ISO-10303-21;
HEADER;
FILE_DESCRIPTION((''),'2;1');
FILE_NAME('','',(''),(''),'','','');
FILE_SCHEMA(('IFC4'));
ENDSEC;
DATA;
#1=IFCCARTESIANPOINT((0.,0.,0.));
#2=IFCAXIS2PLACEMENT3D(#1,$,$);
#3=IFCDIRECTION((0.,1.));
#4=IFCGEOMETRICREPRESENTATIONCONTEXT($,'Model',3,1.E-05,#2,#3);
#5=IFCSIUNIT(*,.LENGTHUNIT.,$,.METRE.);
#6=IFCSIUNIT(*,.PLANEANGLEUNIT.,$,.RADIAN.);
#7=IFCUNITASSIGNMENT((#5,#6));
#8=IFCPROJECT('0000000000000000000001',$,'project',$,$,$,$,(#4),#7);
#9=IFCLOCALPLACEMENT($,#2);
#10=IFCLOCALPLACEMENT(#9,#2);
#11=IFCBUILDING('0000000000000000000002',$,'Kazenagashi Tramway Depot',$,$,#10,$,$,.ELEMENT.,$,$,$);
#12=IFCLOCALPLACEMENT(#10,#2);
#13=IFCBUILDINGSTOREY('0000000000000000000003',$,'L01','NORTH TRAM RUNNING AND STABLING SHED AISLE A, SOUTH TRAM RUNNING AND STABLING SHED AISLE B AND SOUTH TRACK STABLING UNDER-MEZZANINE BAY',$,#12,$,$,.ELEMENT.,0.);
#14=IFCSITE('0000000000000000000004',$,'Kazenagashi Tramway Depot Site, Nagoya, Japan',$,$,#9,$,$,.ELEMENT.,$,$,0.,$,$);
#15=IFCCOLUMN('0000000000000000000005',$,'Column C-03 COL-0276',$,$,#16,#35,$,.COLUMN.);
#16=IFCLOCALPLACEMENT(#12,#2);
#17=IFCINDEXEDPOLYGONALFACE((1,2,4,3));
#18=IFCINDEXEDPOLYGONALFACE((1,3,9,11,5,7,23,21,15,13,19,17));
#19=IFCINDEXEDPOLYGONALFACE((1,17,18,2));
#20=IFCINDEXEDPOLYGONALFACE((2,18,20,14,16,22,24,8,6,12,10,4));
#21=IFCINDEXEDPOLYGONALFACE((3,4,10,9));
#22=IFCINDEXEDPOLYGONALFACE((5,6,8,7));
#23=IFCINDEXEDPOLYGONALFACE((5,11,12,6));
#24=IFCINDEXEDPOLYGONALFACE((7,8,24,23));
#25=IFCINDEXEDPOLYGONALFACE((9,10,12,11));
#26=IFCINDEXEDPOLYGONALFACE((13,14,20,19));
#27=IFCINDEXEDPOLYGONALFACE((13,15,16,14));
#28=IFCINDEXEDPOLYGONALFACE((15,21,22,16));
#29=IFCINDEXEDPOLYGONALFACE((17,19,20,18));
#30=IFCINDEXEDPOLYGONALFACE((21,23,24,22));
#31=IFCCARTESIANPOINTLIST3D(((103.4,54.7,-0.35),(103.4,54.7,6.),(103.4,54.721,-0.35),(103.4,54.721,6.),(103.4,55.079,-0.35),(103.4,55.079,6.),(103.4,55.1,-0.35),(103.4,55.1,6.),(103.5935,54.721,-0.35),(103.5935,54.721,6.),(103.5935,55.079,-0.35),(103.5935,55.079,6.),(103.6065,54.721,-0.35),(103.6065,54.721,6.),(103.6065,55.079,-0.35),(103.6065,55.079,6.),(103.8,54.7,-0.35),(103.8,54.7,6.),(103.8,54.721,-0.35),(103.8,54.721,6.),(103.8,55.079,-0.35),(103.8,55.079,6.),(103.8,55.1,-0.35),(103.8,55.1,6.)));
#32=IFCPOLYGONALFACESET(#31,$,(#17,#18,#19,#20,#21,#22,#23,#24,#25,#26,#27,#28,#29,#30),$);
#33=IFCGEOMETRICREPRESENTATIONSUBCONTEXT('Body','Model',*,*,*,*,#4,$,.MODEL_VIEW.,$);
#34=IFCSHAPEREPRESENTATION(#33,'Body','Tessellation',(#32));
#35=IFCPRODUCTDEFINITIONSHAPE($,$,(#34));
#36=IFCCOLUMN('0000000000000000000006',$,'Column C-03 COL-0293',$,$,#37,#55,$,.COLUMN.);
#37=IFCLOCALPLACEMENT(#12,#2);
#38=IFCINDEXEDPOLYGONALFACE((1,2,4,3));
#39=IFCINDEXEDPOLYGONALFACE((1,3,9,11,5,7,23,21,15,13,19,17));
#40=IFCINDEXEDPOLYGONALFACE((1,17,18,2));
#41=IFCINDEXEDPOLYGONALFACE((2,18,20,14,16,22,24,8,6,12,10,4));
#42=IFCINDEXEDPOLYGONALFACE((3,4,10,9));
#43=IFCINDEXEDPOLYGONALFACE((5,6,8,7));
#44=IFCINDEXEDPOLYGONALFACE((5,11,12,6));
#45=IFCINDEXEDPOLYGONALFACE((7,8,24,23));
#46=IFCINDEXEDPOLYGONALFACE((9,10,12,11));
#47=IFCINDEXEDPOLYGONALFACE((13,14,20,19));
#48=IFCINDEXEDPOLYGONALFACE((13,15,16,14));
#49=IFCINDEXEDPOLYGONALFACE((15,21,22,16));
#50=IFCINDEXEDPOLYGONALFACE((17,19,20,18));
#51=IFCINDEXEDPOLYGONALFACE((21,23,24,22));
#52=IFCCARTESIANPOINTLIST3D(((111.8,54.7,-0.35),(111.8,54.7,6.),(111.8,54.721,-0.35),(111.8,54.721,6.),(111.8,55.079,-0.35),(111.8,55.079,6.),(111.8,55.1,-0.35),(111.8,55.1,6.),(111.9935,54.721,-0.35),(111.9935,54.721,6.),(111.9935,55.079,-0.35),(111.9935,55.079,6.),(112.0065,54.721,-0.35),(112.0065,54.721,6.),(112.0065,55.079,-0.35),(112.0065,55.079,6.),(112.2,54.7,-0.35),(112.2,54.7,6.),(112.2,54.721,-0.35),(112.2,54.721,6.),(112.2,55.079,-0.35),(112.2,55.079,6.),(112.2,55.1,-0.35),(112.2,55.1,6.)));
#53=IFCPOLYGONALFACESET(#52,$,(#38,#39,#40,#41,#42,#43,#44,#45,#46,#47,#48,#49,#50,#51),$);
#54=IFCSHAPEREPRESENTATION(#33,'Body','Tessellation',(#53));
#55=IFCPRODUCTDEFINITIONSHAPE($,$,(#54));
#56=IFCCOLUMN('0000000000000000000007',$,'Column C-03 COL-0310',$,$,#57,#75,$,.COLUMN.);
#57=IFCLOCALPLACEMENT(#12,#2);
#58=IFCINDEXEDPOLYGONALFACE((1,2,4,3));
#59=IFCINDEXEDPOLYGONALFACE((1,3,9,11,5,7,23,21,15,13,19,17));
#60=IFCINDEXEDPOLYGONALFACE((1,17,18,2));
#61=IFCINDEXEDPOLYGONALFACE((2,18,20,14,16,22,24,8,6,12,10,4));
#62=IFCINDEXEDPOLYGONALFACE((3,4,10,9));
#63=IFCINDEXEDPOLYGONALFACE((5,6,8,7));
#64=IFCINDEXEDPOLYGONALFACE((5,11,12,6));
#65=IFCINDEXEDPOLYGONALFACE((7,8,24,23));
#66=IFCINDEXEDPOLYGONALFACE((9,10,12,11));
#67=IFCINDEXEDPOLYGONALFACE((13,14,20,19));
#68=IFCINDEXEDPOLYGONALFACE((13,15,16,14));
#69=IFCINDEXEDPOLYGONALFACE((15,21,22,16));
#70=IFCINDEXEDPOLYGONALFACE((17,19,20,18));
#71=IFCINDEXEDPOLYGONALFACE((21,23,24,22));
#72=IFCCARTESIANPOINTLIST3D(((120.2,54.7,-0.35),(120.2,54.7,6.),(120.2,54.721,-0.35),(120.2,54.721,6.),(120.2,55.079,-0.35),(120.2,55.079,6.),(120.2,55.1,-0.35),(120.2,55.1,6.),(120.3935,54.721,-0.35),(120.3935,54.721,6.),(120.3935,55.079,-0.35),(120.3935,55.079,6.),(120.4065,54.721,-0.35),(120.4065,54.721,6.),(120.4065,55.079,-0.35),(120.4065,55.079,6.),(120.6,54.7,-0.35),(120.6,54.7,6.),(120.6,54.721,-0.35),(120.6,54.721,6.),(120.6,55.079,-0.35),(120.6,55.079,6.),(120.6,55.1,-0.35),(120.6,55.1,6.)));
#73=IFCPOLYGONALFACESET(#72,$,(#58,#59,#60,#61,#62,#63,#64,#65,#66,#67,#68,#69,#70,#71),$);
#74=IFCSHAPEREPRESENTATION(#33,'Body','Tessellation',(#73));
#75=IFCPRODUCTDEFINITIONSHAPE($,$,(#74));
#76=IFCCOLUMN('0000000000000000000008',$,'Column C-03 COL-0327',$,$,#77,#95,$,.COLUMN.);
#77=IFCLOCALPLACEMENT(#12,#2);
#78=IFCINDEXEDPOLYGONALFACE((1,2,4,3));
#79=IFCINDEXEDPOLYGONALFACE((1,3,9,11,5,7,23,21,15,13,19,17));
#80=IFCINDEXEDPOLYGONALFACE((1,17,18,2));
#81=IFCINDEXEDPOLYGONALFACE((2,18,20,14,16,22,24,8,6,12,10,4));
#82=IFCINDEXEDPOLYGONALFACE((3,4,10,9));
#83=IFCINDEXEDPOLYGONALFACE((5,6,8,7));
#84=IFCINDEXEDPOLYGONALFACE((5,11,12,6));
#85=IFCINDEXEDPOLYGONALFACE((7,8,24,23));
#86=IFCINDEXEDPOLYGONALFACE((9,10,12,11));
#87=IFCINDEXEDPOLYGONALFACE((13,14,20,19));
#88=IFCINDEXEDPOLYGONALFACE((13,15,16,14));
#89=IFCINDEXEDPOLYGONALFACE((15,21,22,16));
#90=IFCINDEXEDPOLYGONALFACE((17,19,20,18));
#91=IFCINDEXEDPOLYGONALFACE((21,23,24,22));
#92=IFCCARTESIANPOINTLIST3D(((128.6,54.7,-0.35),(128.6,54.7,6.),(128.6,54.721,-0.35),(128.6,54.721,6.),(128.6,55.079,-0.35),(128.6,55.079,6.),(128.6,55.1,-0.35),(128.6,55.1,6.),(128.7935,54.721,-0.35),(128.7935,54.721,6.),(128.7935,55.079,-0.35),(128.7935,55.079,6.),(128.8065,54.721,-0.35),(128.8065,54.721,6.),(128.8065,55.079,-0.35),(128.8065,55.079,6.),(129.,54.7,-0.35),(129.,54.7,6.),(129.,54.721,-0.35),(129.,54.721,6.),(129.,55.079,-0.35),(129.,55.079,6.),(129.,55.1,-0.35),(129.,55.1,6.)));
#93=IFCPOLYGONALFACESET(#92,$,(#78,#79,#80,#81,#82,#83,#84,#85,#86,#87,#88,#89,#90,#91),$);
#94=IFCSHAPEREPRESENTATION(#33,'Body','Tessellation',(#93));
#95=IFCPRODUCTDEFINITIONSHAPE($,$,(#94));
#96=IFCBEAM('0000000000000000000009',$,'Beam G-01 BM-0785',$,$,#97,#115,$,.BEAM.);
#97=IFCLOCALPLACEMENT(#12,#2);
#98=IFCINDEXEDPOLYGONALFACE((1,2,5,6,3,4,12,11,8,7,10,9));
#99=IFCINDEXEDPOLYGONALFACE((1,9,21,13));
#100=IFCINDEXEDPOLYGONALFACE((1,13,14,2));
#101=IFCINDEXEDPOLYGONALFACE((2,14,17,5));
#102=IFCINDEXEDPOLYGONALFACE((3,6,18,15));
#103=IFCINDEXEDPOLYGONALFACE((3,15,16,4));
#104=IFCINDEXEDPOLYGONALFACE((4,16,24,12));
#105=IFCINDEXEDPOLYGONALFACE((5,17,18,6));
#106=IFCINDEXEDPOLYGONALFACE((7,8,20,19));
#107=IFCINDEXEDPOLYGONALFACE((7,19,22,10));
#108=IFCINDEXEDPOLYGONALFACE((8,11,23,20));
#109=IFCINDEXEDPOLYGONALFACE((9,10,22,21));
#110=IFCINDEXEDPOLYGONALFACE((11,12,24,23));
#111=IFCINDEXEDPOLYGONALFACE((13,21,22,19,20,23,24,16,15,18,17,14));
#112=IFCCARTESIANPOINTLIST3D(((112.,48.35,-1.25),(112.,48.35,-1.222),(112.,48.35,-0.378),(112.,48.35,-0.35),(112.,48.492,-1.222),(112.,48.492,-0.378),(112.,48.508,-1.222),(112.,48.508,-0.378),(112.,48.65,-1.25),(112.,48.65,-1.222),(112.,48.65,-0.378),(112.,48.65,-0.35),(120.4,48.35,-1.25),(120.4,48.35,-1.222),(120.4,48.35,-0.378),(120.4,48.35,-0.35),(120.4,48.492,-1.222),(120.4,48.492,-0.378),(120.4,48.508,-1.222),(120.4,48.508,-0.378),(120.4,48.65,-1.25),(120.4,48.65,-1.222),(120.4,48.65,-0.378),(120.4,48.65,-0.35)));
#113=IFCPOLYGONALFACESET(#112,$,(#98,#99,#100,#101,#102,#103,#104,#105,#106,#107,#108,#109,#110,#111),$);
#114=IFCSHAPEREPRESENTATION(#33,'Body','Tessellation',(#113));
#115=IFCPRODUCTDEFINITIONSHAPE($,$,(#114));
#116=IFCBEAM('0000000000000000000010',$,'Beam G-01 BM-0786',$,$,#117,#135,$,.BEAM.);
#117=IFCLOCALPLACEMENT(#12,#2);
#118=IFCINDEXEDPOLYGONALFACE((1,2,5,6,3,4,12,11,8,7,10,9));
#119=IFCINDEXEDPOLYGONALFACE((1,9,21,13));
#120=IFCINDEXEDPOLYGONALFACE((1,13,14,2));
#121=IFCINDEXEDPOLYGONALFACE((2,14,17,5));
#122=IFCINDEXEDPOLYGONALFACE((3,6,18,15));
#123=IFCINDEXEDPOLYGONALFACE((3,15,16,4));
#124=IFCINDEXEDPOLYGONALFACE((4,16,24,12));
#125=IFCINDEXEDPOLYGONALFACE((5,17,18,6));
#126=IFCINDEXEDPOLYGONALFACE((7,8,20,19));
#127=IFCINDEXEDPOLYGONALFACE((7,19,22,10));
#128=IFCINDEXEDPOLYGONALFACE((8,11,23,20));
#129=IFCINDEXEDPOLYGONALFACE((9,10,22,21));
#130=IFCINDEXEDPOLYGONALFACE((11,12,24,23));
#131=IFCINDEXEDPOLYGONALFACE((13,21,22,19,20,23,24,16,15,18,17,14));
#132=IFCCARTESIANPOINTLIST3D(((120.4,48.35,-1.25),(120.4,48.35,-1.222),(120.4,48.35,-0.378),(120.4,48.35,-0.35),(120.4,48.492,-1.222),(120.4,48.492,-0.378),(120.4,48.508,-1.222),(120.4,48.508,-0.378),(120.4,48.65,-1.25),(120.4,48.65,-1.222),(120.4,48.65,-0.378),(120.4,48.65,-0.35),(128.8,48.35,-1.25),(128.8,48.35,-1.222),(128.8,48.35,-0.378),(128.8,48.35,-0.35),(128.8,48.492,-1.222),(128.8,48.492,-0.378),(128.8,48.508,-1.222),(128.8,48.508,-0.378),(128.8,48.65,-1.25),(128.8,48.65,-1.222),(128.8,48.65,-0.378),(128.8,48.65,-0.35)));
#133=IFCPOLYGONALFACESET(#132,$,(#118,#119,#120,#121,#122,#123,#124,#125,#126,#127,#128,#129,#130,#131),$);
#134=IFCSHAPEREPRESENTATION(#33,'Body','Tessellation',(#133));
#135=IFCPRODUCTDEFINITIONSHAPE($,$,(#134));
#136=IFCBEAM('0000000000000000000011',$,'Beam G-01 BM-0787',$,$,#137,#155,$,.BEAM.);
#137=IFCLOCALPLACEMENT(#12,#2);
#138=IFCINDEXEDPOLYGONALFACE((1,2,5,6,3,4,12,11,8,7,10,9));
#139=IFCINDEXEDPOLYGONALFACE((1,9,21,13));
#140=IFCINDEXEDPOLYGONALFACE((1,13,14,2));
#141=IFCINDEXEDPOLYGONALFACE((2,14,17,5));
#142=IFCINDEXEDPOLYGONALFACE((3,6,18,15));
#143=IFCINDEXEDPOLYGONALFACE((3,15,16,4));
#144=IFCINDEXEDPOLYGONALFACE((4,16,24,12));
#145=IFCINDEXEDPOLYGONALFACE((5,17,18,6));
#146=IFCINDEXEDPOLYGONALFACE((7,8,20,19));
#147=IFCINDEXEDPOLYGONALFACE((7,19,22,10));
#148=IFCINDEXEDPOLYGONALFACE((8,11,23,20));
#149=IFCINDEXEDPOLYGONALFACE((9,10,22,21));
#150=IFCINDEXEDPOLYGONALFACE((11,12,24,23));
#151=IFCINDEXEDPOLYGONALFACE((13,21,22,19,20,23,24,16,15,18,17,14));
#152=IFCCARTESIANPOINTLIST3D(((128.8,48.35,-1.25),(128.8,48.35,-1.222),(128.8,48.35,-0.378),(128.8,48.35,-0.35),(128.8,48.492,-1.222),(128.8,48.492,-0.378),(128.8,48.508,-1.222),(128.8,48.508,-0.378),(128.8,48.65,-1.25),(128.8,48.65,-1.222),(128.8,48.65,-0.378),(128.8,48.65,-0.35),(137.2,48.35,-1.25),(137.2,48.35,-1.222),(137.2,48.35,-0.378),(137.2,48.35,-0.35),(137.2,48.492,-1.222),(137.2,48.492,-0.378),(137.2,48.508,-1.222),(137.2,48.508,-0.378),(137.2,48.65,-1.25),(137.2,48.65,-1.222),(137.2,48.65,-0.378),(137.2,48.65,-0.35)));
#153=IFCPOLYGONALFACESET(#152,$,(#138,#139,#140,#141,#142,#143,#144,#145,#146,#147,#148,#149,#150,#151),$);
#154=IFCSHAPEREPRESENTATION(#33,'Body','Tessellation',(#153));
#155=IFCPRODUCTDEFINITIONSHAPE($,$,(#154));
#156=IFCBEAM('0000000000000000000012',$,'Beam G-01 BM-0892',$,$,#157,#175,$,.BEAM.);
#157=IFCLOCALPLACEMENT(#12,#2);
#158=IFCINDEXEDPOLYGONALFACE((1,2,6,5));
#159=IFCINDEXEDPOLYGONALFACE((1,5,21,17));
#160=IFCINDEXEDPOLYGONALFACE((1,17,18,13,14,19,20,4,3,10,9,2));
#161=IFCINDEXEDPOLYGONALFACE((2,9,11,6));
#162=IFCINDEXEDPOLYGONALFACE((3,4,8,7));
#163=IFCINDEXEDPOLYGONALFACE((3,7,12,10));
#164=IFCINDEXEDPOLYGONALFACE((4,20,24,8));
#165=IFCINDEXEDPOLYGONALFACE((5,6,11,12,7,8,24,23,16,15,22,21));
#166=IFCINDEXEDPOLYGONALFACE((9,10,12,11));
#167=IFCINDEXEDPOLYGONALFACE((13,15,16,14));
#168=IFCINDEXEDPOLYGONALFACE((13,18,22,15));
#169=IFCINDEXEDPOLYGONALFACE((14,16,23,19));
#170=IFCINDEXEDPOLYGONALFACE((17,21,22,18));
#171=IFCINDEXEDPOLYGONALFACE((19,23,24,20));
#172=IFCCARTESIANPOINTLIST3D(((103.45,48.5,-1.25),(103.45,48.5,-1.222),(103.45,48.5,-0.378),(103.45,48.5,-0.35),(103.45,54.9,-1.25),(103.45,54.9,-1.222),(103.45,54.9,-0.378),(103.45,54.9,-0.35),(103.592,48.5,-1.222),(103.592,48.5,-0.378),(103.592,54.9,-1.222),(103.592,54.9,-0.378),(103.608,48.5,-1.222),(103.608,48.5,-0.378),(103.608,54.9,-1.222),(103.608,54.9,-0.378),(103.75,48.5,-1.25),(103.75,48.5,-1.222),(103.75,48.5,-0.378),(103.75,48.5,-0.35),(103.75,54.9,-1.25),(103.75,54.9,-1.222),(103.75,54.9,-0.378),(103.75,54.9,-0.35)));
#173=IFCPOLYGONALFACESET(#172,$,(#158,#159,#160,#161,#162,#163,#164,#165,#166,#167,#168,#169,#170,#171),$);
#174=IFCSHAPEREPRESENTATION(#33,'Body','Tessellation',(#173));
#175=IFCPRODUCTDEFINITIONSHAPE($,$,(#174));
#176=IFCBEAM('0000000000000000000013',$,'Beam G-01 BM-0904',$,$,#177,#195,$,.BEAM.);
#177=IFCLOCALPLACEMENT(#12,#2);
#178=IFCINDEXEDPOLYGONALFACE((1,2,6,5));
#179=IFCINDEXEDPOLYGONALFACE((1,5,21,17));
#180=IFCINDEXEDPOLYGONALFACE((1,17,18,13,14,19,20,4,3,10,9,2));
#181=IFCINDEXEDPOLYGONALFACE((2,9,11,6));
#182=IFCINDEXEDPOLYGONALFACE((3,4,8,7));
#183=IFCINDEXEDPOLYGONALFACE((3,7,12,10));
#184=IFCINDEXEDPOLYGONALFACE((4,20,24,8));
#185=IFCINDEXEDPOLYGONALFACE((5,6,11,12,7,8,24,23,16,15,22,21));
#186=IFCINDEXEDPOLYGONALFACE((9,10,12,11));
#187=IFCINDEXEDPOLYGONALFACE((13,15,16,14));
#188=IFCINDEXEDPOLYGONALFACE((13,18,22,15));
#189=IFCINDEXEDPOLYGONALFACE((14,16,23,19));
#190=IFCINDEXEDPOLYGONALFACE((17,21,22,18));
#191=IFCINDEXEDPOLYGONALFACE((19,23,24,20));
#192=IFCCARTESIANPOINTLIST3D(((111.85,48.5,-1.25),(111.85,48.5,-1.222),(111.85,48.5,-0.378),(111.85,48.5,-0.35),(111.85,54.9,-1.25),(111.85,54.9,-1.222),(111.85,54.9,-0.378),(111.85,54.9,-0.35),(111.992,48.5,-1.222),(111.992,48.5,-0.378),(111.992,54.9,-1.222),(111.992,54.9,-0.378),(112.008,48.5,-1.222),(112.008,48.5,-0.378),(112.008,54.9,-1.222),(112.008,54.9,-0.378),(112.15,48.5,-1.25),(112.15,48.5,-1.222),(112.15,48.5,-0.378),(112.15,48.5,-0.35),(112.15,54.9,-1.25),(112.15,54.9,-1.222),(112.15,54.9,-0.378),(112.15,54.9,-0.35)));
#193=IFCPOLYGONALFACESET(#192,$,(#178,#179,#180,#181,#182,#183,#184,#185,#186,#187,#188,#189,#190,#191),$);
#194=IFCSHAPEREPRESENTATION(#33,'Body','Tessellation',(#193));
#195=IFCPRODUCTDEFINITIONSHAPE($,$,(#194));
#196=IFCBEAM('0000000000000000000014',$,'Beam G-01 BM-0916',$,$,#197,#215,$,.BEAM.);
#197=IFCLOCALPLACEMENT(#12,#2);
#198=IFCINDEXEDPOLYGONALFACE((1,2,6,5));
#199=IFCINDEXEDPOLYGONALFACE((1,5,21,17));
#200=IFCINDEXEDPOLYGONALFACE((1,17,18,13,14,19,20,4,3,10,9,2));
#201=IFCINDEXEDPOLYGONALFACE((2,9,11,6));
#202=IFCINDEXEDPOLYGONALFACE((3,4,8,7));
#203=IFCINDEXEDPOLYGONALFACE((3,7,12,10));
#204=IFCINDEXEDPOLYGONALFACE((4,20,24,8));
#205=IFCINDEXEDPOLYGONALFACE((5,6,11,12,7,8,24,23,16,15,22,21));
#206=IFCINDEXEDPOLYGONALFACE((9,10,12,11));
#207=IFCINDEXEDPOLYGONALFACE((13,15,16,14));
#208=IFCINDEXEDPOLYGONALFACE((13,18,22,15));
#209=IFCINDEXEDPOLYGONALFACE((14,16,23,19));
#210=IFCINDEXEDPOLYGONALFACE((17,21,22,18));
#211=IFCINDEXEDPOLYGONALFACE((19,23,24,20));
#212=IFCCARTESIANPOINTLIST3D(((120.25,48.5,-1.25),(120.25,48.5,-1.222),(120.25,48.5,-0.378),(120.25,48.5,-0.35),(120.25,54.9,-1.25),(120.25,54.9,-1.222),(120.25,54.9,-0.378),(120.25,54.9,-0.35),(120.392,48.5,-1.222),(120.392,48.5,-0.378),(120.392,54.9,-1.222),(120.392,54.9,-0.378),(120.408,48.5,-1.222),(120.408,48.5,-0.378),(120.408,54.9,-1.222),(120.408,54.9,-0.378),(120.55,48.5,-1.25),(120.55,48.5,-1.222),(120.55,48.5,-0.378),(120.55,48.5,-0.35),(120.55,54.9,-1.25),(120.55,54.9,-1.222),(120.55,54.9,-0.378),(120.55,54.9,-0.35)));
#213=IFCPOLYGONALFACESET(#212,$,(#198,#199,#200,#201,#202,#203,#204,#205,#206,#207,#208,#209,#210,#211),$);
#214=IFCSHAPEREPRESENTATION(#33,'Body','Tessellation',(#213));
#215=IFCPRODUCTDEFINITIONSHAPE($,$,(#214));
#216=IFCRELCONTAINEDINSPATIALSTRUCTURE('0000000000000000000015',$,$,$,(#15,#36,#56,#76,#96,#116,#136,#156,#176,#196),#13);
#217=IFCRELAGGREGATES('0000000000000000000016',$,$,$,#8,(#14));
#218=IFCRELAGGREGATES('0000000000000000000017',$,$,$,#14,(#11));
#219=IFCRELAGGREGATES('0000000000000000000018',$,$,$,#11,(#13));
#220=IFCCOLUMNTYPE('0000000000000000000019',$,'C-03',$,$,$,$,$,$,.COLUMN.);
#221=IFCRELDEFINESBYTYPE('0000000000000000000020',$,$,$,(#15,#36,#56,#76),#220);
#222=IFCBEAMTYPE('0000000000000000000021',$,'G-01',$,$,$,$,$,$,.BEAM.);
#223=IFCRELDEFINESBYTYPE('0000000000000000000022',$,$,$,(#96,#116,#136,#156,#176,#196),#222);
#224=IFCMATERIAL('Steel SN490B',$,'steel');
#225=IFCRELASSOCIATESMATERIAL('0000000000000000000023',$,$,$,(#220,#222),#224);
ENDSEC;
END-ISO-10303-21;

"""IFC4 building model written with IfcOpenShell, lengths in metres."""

from ifc_helpers import new_model, si_unit, direction, frame, origin, origin_2d, place, context, subcontext, project, spatial, i_section, extrude, material, material_profile, profile_set, type_object, element, save


model = new_model("IFC4")

# Units and contexts
model_context = context("Model", 3, precision=1e-05, world=origin(), true_north=direction((0.0, 1.0)))
body_context = subcontext(model_context, "Body", "Model", "MODEL_VIEW")
ifc_project = project(units=[si_unit("LENGTHUNIT", "METRE"), si_unit("PLANEANGLEUNIT", "RADIAN")], contexts=[model_context])

# Site, building, storey
site_placement = place(None, origin())
site = spatial("IfcSite", under=ifc_project, at=site_placement, Name="Kazenagashi Tramway Depot Site, Nagoya, Japan", CompositionType="ELEMENT", RefElevation=0.0)
building_placement = place(site_placement, origin())
building = spatial("IfcBuilding", under=site, at=building_placement, Name="Kazenagashi Tramway Depot", CompositionType="ELEMENT")
storey_placement = place(building_placement, origin())
storey = spatial("IfcBuildingStorey", under=building, at=storey_placement, Name="L01", Description="NORTH TRAM RUNNING AND STABLING SHED AISLE A, SOUTH TRAM RUNNING AND STABLING SHED AISLE B AND SOUTH TRACK STABLING UNDER-MEZZANINE BAY", CompositionType="ELEMENT", Elevation=0.0)

# Columns
ifc_material_1 = material(Name="Steel SN490B", Category="steel")
ifc_material_profile_1 = material_profile(ifc_material_1, i_section(OverallWidth=0.4, OverallDepth=0.4, WebThickness=0.013, FlangeThickness=0.021, at=origin_2d()), Name="H-400x400x13x21")
ifc_profile_set_1 = profile_set([ifc_material_profile_1], Name="Steel SN490B")
column_type = type_object("IfcColumnType", Name="C-03", PredefinedType="COLUMN", material=ifc_profile_set_1)
for number, where, z_axis, x_axis, name in (
    (1, (103.6, 54.9, -0.35), (0.0, 0.0, 1.0), (1.0, 0.0, 0.0), "Column C-03 COL-0276"),
    (2, (112.0, 54.9, -0.35), (0.0, 0.0, 1.0), (1.0, 0.0, 0.0), "Column C-03 COL-0293"),
    (3, (120.4, 54.9, -0.35), (0.0, 0.0, 1.0), (1.0, 0.0, 0.0), "Column C-03 COL-0310"),
    (4, (128.8, 54.9, -0.35), (0.0, 0.0, 1.0), (1.0, 0.0, 0.0), "Column C-03 COL-0327"),
):
    element("IfcColumn", number, at=place(storey_placement, frame(where, z_axis=z_axis, x_axis=x_axis)), inside=storey, type_object=column_type, Name=name, PredefinedType="COLUMN", context=body_context, shape_type="SweptSolid", body=[
        extrude(i_section(OverallWidth=0.4, OverallDepth=0.4, WebThickness=0.013, FlangeThickness=0.021, at=origin_2d()), origin(), (0.0, 0.0, 1.0), 6.35),
    ])

# Beams
ifc_material_profile_2 = material_profile(ifc_material_1, i_section(OverallWidth=0.3, OverallDepth=0.9, WebThickness=0.016, FlangeThickness=0.028, at=origin_2d()), Name="H-900x300x16x28")
ifc_profile_set_2 = profile_set([ifc_material_profile_2], Name="Steel SN490B")
beam_type_1 = type_object("IfcBeamType", Name="G-01", PredefinedType="BEAM", material=ifc_profile_set_2)
for number, where, z_axis, x_axis, name in (
    (5, (112.0, 48.5, -0.8), (1.0, 0.0, 0.0), (0.0, 1.0, 0.0), "Beam G-01 BM-0785"),
    (6, (120.4, 48.5, -0.8), (1.0, 0.0, 0.0), (0.0, 1.0, 0.0), "Beam G-01 BM-0786"),
    (7, (128.8, 48.5, -0.8), (1.0, 0.0, 0.0), (0.0, 1.0, 0.0), "Beam G-01 BM-0787"),
):
    element("IfcBeam", number, at=place(storey_placement, frame(where, z_axis=z_axis, x_axis=x_axis)), inside=storey, type_object=beam_type_1, Name=name, PredefinedType="BEAM", context=body_context, shape_type="SweptSolid", body=[
        extrude(i_section(OverallWidth=0.3, OverallDepth=0.9, WebThickness=0.016, FlangeThickness=0.028, at=origin_2d()), origin(), (0.0, 0.0, 1.0), 8.4),
    ])
for number, where, z_axis, x_axis, name in (
    (8, (103.6, 48.5, -0.8), (0.0, 1.0, 0.0), (-1.0, 0.0, 0.0), "Beam G-01 BM-0892"),
    (9, (112.0, 48.5, -0.8), (0.0, 1.0, 0.0), (-1.0, 0.0, 0.0), "Beam G-01 BM-0904"),
    (10, (120.4, 48.5, -0.8), (0.0, 1.0, 0.0), (-1.0, 0.0, 0.0), "Beam G-01 BM-0916"),
):
    element("IfcBeam", number, at=place(storey_placement, frame(where, z_axis=z_axis, x_axis=x_axis)), inside=storey, type_object=beam_type_1, Name=name, PredefinedType="BEAM", context=body_context, shape_type="SweptSolid", body=[
        extrude(i_section(OverallWidth=0.3, OverallDepth=0.9, WebThickness=0.016, FlangeThickness=0.028, at=origin_2d()), origin(), (0.0, 0.0, 1.0), 6.4),
    ])

save(model, "model.ifc")
